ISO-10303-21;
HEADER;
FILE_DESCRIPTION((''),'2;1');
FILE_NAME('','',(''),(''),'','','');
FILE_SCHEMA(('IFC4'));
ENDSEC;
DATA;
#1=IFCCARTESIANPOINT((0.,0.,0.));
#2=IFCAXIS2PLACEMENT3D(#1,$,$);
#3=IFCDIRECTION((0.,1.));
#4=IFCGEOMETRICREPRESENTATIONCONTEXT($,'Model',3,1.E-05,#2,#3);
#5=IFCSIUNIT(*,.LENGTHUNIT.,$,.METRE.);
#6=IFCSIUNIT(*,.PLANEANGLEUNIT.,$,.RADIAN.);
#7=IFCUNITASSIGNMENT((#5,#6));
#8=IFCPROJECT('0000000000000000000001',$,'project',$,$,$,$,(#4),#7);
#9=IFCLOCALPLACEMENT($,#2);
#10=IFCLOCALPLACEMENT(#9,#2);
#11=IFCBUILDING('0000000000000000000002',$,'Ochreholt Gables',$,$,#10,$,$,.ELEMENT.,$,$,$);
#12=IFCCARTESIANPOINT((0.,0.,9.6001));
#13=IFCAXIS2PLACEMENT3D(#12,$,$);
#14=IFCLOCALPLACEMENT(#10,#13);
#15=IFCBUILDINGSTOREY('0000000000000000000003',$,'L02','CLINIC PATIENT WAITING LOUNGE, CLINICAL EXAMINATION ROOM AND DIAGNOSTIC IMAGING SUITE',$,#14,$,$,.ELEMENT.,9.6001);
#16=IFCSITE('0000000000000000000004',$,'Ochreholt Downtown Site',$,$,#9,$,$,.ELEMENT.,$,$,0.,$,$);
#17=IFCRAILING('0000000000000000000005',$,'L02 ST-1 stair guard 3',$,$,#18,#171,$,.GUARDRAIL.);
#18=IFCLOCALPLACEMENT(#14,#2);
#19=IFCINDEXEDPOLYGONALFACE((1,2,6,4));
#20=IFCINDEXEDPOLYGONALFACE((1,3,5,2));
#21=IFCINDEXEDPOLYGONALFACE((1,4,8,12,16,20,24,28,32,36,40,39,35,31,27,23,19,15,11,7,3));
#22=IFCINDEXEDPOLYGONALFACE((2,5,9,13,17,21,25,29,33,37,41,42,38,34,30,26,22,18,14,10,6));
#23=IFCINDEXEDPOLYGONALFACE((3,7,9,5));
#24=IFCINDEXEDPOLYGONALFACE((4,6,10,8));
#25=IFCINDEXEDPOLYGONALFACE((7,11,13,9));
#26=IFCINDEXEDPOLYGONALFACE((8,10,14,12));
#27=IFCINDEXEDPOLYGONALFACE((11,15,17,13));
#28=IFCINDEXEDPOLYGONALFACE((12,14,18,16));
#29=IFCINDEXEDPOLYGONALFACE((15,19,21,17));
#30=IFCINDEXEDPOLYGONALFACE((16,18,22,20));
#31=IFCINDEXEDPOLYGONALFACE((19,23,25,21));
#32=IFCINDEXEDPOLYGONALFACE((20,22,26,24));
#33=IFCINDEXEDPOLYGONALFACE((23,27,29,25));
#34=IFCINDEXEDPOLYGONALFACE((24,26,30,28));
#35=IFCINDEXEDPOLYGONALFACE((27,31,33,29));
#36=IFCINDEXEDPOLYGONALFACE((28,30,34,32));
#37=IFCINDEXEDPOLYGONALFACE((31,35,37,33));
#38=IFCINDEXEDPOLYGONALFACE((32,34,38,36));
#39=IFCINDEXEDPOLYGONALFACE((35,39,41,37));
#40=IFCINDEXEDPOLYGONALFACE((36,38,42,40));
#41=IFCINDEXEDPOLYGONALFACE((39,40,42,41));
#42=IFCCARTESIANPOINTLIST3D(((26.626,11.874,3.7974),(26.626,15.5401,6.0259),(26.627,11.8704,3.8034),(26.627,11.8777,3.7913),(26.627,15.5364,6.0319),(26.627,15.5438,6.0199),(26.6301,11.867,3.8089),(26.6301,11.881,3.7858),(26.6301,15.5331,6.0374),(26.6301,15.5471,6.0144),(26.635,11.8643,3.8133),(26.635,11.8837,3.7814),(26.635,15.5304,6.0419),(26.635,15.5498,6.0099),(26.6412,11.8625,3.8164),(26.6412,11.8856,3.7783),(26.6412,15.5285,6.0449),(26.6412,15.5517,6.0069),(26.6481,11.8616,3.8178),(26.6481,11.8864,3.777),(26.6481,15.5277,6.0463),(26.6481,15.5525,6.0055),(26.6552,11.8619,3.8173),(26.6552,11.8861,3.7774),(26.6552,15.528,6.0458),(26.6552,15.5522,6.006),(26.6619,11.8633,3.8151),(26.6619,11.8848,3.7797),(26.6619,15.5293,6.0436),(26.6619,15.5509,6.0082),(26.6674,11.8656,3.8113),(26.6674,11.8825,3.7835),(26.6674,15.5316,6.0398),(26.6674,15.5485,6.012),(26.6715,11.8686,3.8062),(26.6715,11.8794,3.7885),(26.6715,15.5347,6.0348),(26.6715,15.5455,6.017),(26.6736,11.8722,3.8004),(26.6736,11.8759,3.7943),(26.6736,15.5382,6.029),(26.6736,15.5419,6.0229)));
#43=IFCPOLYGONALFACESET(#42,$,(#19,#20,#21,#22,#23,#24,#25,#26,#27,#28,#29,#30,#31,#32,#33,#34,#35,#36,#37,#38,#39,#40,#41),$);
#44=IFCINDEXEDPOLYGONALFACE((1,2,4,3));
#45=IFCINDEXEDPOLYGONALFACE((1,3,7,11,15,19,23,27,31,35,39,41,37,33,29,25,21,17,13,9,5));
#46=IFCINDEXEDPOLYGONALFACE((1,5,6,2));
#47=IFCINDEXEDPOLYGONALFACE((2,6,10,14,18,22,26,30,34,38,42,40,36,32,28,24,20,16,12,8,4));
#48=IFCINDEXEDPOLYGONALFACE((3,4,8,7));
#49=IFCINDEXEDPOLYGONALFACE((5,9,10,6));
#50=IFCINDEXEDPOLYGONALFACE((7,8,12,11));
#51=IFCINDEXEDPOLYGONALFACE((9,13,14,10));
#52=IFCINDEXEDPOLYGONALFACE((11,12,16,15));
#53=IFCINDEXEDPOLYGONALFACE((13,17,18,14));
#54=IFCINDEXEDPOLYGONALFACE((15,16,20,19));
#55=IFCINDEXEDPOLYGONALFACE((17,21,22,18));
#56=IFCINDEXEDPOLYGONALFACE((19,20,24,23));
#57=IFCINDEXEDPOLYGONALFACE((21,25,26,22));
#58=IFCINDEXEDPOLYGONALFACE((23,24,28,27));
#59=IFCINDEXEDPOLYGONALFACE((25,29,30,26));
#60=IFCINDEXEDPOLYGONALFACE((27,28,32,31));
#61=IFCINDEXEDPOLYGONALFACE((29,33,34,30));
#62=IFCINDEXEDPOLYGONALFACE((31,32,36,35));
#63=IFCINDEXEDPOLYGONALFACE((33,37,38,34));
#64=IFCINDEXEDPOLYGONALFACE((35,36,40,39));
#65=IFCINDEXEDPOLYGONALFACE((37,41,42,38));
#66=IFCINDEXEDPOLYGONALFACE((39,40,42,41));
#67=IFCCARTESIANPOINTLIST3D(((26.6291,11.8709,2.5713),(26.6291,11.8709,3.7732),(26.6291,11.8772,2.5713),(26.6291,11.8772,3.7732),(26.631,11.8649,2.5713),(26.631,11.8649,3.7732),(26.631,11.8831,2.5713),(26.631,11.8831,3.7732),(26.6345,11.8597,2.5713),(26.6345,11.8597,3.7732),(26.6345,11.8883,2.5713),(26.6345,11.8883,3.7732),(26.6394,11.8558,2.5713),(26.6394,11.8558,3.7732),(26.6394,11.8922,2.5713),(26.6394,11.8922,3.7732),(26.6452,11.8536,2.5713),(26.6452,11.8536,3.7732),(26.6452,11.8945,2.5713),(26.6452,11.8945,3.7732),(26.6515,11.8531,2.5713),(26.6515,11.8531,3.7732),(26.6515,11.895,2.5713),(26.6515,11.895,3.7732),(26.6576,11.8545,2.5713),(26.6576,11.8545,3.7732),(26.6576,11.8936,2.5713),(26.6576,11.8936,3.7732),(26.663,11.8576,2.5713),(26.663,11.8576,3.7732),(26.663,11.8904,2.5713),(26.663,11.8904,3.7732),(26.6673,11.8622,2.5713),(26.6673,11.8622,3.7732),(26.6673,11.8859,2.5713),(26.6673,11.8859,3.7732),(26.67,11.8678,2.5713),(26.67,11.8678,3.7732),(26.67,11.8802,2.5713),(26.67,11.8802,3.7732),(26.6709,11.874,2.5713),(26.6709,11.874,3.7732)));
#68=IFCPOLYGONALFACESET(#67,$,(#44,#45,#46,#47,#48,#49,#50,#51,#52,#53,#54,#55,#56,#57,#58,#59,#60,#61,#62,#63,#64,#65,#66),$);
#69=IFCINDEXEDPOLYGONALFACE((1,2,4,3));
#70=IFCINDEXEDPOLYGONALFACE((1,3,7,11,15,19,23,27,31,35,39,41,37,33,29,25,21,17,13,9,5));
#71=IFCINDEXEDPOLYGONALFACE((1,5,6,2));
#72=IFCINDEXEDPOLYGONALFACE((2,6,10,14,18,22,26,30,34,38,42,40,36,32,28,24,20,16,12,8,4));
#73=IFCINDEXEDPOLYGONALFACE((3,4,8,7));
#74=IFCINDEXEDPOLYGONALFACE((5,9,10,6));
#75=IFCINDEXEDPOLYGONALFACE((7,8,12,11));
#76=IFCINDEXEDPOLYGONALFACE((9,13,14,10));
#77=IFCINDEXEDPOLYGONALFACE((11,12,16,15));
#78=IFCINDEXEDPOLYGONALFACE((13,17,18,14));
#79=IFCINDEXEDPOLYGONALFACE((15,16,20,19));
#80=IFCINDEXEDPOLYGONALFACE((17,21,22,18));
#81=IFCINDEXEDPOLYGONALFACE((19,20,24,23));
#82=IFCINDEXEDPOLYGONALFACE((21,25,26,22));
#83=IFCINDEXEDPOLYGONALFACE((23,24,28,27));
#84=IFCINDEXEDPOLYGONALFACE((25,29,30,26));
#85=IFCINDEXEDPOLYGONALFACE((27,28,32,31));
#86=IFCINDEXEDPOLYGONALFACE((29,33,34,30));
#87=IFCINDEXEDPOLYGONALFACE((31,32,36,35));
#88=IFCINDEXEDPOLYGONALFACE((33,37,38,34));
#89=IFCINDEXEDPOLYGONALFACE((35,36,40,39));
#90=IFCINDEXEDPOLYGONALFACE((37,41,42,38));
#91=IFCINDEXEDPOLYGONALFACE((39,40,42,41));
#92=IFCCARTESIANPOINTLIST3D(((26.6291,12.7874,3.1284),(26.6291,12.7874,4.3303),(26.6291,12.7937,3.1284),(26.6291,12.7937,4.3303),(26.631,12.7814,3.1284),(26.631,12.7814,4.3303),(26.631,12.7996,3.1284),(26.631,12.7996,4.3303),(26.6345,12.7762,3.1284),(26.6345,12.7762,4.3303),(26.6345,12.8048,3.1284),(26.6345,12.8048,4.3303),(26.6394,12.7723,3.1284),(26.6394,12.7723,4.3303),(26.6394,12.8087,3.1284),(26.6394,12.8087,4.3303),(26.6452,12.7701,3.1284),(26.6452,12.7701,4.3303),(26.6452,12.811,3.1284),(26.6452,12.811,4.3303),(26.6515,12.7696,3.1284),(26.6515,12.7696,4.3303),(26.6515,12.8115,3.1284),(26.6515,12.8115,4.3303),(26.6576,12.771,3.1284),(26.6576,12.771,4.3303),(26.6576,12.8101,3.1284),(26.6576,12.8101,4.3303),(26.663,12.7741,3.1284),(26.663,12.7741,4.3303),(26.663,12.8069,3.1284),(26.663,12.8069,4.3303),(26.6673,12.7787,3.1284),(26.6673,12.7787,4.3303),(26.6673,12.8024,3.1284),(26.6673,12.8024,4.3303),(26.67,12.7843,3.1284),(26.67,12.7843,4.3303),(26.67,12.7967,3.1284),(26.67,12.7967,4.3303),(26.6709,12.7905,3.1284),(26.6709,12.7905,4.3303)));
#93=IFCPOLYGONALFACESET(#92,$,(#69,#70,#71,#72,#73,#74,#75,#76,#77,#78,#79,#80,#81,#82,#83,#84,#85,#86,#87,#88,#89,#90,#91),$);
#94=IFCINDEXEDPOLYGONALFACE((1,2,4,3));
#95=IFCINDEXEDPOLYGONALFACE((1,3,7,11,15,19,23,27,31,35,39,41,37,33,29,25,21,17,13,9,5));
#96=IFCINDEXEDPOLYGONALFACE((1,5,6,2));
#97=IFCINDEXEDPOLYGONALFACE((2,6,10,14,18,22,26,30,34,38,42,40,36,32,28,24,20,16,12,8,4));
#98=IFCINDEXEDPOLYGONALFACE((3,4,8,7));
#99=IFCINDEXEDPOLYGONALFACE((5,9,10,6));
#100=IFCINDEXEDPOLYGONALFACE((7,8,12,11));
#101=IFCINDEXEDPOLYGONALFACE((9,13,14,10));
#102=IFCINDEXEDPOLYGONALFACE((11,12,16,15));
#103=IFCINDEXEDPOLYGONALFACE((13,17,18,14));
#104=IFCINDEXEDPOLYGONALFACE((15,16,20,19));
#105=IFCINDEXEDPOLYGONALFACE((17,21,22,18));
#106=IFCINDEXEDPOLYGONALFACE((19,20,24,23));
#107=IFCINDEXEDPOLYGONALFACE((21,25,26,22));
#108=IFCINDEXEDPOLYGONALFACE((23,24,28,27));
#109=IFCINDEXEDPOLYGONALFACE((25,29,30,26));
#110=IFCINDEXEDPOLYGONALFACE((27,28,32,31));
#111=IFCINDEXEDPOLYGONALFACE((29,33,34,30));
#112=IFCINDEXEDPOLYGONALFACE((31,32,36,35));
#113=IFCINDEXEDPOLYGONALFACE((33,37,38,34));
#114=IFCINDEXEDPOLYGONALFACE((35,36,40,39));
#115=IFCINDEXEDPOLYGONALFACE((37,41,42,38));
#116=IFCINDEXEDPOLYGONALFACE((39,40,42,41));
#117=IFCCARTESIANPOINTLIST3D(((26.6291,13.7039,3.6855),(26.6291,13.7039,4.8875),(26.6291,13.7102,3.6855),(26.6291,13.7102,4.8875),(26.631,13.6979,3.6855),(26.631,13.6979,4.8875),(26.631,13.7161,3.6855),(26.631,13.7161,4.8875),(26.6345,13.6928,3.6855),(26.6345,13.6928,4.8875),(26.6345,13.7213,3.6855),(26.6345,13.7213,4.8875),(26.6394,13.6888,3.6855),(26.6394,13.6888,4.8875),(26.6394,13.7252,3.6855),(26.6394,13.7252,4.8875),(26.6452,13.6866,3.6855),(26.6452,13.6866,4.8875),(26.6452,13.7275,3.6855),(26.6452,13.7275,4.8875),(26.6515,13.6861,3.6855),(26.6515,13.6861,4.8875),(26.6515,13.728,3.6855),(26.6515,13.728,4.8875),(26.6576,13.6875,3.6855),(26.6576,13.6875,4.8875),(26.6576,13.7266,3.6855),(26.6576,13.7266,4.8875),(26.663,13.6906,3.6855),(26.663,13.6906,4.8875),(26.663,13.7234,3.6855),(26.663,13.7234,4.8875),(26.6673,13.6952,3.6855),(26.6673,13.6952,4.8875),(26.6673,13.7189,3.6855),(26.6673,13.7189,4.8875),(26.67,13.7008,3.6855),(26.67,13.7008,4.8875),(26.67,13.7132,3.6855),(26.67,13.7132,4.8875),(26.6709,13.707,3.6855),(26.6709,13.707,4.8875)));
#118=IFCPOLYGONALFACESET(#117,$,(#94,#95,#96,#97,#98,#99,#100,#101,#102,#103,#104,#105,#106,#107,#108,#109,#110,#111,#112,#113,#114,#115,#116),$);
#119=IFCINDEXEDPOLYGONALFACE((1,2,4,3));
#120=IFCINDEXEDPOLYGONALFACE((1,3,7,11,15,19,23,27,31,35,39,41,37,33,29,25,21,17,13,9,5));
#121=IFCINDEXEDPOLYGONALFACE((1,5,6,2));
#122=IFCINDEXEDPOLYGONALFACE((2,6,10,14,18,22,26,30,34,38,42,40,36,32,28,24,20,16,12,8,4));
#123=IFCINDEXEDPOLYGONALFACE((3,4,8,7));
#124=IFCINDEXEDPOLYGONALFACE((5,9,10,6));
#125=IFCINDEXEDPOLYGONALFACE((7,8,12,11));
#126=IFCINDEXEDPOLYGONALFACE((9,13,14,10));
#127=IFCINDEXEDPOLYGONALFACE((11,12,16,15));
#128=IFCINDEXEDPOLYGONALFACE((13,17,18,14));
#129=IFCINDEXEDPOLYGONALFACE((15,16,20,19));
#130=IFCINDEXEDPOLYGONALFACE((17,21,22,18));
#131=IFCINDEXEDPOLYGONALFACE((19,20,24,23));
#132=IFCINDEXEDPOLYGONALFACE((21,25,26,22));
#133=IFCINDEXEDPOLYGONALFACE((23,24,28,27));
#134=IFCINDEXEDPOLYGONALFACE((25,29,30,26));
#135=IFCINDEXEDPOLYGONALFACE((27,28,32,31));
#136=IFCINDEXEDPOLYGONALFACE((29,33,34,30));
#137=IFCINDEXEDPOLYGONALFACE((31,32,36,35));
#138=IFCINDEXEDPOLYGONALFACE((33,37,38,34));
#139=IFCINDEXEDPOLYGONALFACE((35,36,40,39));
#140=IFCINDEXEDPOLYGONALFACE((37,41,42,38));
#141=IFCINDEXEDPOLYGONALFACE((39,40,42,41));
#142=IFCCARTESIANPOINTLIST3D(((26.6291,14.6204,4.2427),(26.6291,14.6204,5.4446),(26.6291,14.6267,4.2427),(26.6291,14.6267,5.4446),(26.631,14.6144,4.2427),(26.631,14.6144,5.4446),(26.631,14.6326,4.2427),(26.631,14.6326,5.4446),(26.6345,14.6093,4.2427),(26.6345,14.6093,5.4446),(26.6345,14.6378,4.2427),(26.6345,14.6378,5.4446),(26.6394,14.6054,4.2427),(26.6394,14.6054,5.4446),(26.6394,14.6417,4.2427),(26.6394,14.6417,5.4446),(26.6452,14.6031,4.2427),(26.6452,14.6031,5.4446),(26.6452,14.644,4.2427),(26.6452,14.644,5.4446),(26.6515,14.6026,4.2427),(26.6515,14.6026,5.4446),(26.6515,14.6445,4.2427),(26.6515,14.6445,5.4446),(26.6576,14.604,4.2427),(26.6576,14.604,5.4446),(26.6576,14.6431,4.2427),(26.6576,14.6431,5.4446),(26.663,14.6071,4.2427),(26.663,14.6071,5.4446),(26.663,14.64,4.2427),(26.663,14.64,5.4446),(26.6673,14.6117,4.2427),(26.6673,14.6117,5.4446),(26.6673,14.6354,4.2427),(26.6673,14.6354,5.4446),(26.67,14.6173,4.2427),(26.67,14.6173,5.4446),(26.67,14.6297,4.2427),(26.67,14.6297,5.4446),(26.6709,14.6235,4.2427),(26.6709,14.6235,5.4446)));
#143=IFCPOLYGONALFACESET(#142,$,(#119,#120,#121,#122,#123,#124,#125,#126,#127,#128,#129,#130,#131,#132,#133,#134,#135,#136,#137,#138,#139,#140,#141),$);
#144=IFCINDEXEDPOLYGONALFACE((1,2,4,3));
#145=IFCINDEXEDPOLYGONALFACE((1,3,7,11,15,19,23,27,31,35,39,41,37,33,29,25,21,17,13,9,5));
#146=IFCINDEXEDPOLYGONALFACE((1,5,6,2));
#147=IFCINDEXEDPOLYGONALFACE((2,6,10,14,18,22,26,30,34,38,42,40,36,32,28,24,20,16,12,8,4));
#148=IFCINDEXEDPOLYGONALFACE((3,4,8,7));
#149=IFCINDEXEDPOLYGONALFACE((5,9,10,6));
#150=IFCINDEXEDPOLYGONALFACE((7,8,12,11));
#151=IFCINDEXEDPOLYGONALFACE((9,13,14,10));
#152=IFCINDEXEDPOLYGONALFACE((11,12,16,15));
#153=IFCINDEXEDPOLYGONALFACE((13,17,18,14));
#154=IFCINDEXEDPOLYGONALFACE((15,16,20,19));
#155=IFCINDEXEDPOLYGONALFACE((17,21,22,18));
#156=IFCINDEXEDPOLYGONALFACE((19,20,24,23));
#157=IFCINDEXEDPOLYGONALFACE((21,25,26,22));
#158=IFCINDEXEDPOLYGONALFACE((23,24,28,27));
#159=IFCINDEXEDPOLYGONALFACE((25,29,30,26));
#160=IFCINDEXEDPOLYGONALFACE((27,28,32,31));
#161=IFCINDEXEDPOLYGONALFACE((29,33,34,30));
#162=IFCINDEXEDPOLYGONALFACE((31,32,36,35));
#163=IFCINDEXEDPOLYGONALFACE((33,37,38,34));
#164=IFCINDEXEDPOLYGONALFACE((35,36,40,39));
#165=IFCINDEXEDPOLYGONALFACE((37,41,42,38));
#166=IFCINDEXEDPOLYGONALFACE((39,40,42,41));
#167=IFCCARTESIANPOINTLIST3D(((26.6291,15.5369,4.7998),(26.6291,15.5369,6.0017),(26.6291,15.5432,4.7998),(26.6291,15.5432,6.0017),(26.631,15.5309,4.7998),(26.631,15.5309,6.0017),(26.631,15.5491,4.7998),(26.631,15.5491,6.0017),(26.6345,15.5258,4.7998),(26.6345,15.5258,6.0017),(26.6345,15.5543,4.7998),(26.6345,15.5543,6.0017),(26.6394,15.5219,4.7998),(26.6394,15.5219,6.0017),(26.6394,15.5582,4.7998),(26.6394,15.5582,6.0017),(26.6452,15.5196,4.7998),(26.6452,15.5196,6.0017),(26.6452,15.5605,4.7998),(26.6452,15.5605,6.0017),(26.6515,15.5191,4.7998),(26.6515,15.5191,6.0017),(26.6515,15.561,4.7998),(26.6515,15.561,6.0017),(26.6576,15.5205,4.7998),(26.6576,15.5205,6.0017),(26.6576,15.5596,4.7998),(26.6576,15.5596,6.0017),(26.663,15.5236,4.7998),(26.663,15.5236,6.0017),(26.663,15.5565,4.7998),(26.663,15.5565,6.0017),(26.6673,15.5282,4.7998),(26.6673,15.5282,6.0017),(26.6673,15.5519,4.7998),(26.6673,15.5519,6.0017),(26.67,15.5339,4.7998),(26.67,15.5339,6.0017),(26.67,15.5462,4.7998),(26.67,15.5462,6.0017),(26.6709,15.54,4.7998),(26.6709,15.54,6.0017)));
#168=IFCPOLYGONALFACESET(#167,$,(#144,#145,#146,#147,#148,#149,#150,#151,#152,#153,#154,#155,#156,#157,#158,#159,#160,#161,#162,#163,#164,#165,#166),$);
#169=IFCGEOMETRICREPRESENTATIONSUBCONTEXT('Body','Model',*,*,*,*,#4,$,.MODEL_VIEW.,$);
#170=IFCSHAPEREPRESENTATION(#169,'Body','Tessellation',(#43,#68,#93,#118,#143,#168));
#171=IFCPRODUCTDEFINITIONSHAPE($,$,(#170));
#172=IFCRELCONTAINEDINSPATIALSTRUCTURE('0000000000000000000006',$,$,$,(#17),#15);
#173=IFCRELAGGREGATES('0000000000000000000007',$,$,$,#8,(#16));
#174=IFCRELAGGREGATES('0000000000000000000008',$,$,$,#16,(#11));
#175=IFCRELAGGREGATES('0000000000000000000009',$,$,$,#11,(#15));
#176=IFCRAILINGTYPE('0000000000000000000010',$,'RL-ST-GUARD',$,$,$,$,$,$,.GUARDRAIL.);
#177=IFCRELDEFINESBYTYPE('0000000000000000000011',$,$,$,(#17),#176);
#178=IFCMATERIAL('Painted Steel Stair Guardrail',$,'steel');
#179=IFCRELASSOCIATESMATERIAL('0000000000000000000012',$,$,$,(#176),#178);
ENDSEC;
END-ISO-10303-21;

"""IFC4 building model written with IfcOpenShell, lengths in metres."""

from ifc_helpers import new_model, si_unit, direction, frame, origin, origin_2d, place, context, subcontext, project, spatial, circle, extrude, material, type_object, element, save


model = new_model("IFC4")

# Units and contexts
model_context = context("Model", 3, precision=1e-05, world=origin(), true_north=direction((0.0, 1.0)))
body_context = subcontext(model_context, "Body", "Model", "MODEL_VIEW")
ifc_project = project(units=[si_unit("LENGTHUNIT", "METRE"), si_unit("PLANEANGLEUNIT", "RADIAN")], contexts=[model_context])

# Site, building, storey
site_placement = place(None, origin())
site = spatial("IfcSite", under=ifc_project, at=site_placement, Name="Ochreholt Downtown Site", CompositionType="ELEMENT", RefElevation=0.0)
building_placement = place(site_placement, origin())
building = spatial("IfcBuilding", under=site, at=building_placement, Name="Ochreholt Gables", CompositionType="ELEMENT")
storey_placement = place(building_placement, frame((0.0, 0.0, 9.6001)))
storey = spatial("IfcBuildingStorey", under=building, at=storey_placement, Name="L02", Description="CLINIC PATIENT WAITING LOUNGE, CLINICAL EXAMINATION ROOM AND DIAGNOSTIC IMAGING SUITE", CompositionType="ELEMENT", Elevation=9.6001)

# Railing
ifc_material_1 = material(Name="Painted Steel Stair Guardrail", Category="steel")
railing_type_1 = type_object("IfcRailingType", Name="RL-ST-GUARD", PredefinedType="GUARDRAIL", material=ifc_material_1)
railing_1_placement = place(storey_placement, frame((26.6499, 11.874, 2.5713)))
element("IfcRailing", 1, at=railing_1_placement, inside=storey, type_object=railing_type_1, Name="L02 ST-1 stair guard 3", PredefinedType="GUARDRAIL", context=body_context, shape_type="SweptSolid", body=[
    extrude(circle(Radius=0.0239, at=origin_2d()), frame((0.0, 0.0, 1.2261), z_axis=(0.0, 0.854506, 0.519441), x_axis=(-1.0, 0.0, 0.0)), (0.0, 0.0, 1.0), 4.2903),
    extrude(circle(Radius=0.021, at=origin_2d()), origin(), (0.0, 0.0, 1.0), 1.2019),
    extrude(circle(Radius=0.021, at=origin_2d()), frame((0.0, 0.9165, 0.5571)), (0.0, 0.0, 1.0), 1.2019),
    extrude(circle(Radius=0.021, at=origin_2d()), frame((0.0, 1.833, 1.1143)), (0.0, 0.0, 1.0), 1.2019),
    extrude(circle(Radius=0.021, at=origin_2d()), frame((0.0, 2.7495, 1.6714)), (0.0, 0.0, 1.0), 1.2019),
    extrude(circle(Radius=0.021, at=origin_2d()), frame((0.0, 3.666, 2.2285)), (0.0, 0.0, 1.0), 1.2019),
])

save(model, "model.ifc")
